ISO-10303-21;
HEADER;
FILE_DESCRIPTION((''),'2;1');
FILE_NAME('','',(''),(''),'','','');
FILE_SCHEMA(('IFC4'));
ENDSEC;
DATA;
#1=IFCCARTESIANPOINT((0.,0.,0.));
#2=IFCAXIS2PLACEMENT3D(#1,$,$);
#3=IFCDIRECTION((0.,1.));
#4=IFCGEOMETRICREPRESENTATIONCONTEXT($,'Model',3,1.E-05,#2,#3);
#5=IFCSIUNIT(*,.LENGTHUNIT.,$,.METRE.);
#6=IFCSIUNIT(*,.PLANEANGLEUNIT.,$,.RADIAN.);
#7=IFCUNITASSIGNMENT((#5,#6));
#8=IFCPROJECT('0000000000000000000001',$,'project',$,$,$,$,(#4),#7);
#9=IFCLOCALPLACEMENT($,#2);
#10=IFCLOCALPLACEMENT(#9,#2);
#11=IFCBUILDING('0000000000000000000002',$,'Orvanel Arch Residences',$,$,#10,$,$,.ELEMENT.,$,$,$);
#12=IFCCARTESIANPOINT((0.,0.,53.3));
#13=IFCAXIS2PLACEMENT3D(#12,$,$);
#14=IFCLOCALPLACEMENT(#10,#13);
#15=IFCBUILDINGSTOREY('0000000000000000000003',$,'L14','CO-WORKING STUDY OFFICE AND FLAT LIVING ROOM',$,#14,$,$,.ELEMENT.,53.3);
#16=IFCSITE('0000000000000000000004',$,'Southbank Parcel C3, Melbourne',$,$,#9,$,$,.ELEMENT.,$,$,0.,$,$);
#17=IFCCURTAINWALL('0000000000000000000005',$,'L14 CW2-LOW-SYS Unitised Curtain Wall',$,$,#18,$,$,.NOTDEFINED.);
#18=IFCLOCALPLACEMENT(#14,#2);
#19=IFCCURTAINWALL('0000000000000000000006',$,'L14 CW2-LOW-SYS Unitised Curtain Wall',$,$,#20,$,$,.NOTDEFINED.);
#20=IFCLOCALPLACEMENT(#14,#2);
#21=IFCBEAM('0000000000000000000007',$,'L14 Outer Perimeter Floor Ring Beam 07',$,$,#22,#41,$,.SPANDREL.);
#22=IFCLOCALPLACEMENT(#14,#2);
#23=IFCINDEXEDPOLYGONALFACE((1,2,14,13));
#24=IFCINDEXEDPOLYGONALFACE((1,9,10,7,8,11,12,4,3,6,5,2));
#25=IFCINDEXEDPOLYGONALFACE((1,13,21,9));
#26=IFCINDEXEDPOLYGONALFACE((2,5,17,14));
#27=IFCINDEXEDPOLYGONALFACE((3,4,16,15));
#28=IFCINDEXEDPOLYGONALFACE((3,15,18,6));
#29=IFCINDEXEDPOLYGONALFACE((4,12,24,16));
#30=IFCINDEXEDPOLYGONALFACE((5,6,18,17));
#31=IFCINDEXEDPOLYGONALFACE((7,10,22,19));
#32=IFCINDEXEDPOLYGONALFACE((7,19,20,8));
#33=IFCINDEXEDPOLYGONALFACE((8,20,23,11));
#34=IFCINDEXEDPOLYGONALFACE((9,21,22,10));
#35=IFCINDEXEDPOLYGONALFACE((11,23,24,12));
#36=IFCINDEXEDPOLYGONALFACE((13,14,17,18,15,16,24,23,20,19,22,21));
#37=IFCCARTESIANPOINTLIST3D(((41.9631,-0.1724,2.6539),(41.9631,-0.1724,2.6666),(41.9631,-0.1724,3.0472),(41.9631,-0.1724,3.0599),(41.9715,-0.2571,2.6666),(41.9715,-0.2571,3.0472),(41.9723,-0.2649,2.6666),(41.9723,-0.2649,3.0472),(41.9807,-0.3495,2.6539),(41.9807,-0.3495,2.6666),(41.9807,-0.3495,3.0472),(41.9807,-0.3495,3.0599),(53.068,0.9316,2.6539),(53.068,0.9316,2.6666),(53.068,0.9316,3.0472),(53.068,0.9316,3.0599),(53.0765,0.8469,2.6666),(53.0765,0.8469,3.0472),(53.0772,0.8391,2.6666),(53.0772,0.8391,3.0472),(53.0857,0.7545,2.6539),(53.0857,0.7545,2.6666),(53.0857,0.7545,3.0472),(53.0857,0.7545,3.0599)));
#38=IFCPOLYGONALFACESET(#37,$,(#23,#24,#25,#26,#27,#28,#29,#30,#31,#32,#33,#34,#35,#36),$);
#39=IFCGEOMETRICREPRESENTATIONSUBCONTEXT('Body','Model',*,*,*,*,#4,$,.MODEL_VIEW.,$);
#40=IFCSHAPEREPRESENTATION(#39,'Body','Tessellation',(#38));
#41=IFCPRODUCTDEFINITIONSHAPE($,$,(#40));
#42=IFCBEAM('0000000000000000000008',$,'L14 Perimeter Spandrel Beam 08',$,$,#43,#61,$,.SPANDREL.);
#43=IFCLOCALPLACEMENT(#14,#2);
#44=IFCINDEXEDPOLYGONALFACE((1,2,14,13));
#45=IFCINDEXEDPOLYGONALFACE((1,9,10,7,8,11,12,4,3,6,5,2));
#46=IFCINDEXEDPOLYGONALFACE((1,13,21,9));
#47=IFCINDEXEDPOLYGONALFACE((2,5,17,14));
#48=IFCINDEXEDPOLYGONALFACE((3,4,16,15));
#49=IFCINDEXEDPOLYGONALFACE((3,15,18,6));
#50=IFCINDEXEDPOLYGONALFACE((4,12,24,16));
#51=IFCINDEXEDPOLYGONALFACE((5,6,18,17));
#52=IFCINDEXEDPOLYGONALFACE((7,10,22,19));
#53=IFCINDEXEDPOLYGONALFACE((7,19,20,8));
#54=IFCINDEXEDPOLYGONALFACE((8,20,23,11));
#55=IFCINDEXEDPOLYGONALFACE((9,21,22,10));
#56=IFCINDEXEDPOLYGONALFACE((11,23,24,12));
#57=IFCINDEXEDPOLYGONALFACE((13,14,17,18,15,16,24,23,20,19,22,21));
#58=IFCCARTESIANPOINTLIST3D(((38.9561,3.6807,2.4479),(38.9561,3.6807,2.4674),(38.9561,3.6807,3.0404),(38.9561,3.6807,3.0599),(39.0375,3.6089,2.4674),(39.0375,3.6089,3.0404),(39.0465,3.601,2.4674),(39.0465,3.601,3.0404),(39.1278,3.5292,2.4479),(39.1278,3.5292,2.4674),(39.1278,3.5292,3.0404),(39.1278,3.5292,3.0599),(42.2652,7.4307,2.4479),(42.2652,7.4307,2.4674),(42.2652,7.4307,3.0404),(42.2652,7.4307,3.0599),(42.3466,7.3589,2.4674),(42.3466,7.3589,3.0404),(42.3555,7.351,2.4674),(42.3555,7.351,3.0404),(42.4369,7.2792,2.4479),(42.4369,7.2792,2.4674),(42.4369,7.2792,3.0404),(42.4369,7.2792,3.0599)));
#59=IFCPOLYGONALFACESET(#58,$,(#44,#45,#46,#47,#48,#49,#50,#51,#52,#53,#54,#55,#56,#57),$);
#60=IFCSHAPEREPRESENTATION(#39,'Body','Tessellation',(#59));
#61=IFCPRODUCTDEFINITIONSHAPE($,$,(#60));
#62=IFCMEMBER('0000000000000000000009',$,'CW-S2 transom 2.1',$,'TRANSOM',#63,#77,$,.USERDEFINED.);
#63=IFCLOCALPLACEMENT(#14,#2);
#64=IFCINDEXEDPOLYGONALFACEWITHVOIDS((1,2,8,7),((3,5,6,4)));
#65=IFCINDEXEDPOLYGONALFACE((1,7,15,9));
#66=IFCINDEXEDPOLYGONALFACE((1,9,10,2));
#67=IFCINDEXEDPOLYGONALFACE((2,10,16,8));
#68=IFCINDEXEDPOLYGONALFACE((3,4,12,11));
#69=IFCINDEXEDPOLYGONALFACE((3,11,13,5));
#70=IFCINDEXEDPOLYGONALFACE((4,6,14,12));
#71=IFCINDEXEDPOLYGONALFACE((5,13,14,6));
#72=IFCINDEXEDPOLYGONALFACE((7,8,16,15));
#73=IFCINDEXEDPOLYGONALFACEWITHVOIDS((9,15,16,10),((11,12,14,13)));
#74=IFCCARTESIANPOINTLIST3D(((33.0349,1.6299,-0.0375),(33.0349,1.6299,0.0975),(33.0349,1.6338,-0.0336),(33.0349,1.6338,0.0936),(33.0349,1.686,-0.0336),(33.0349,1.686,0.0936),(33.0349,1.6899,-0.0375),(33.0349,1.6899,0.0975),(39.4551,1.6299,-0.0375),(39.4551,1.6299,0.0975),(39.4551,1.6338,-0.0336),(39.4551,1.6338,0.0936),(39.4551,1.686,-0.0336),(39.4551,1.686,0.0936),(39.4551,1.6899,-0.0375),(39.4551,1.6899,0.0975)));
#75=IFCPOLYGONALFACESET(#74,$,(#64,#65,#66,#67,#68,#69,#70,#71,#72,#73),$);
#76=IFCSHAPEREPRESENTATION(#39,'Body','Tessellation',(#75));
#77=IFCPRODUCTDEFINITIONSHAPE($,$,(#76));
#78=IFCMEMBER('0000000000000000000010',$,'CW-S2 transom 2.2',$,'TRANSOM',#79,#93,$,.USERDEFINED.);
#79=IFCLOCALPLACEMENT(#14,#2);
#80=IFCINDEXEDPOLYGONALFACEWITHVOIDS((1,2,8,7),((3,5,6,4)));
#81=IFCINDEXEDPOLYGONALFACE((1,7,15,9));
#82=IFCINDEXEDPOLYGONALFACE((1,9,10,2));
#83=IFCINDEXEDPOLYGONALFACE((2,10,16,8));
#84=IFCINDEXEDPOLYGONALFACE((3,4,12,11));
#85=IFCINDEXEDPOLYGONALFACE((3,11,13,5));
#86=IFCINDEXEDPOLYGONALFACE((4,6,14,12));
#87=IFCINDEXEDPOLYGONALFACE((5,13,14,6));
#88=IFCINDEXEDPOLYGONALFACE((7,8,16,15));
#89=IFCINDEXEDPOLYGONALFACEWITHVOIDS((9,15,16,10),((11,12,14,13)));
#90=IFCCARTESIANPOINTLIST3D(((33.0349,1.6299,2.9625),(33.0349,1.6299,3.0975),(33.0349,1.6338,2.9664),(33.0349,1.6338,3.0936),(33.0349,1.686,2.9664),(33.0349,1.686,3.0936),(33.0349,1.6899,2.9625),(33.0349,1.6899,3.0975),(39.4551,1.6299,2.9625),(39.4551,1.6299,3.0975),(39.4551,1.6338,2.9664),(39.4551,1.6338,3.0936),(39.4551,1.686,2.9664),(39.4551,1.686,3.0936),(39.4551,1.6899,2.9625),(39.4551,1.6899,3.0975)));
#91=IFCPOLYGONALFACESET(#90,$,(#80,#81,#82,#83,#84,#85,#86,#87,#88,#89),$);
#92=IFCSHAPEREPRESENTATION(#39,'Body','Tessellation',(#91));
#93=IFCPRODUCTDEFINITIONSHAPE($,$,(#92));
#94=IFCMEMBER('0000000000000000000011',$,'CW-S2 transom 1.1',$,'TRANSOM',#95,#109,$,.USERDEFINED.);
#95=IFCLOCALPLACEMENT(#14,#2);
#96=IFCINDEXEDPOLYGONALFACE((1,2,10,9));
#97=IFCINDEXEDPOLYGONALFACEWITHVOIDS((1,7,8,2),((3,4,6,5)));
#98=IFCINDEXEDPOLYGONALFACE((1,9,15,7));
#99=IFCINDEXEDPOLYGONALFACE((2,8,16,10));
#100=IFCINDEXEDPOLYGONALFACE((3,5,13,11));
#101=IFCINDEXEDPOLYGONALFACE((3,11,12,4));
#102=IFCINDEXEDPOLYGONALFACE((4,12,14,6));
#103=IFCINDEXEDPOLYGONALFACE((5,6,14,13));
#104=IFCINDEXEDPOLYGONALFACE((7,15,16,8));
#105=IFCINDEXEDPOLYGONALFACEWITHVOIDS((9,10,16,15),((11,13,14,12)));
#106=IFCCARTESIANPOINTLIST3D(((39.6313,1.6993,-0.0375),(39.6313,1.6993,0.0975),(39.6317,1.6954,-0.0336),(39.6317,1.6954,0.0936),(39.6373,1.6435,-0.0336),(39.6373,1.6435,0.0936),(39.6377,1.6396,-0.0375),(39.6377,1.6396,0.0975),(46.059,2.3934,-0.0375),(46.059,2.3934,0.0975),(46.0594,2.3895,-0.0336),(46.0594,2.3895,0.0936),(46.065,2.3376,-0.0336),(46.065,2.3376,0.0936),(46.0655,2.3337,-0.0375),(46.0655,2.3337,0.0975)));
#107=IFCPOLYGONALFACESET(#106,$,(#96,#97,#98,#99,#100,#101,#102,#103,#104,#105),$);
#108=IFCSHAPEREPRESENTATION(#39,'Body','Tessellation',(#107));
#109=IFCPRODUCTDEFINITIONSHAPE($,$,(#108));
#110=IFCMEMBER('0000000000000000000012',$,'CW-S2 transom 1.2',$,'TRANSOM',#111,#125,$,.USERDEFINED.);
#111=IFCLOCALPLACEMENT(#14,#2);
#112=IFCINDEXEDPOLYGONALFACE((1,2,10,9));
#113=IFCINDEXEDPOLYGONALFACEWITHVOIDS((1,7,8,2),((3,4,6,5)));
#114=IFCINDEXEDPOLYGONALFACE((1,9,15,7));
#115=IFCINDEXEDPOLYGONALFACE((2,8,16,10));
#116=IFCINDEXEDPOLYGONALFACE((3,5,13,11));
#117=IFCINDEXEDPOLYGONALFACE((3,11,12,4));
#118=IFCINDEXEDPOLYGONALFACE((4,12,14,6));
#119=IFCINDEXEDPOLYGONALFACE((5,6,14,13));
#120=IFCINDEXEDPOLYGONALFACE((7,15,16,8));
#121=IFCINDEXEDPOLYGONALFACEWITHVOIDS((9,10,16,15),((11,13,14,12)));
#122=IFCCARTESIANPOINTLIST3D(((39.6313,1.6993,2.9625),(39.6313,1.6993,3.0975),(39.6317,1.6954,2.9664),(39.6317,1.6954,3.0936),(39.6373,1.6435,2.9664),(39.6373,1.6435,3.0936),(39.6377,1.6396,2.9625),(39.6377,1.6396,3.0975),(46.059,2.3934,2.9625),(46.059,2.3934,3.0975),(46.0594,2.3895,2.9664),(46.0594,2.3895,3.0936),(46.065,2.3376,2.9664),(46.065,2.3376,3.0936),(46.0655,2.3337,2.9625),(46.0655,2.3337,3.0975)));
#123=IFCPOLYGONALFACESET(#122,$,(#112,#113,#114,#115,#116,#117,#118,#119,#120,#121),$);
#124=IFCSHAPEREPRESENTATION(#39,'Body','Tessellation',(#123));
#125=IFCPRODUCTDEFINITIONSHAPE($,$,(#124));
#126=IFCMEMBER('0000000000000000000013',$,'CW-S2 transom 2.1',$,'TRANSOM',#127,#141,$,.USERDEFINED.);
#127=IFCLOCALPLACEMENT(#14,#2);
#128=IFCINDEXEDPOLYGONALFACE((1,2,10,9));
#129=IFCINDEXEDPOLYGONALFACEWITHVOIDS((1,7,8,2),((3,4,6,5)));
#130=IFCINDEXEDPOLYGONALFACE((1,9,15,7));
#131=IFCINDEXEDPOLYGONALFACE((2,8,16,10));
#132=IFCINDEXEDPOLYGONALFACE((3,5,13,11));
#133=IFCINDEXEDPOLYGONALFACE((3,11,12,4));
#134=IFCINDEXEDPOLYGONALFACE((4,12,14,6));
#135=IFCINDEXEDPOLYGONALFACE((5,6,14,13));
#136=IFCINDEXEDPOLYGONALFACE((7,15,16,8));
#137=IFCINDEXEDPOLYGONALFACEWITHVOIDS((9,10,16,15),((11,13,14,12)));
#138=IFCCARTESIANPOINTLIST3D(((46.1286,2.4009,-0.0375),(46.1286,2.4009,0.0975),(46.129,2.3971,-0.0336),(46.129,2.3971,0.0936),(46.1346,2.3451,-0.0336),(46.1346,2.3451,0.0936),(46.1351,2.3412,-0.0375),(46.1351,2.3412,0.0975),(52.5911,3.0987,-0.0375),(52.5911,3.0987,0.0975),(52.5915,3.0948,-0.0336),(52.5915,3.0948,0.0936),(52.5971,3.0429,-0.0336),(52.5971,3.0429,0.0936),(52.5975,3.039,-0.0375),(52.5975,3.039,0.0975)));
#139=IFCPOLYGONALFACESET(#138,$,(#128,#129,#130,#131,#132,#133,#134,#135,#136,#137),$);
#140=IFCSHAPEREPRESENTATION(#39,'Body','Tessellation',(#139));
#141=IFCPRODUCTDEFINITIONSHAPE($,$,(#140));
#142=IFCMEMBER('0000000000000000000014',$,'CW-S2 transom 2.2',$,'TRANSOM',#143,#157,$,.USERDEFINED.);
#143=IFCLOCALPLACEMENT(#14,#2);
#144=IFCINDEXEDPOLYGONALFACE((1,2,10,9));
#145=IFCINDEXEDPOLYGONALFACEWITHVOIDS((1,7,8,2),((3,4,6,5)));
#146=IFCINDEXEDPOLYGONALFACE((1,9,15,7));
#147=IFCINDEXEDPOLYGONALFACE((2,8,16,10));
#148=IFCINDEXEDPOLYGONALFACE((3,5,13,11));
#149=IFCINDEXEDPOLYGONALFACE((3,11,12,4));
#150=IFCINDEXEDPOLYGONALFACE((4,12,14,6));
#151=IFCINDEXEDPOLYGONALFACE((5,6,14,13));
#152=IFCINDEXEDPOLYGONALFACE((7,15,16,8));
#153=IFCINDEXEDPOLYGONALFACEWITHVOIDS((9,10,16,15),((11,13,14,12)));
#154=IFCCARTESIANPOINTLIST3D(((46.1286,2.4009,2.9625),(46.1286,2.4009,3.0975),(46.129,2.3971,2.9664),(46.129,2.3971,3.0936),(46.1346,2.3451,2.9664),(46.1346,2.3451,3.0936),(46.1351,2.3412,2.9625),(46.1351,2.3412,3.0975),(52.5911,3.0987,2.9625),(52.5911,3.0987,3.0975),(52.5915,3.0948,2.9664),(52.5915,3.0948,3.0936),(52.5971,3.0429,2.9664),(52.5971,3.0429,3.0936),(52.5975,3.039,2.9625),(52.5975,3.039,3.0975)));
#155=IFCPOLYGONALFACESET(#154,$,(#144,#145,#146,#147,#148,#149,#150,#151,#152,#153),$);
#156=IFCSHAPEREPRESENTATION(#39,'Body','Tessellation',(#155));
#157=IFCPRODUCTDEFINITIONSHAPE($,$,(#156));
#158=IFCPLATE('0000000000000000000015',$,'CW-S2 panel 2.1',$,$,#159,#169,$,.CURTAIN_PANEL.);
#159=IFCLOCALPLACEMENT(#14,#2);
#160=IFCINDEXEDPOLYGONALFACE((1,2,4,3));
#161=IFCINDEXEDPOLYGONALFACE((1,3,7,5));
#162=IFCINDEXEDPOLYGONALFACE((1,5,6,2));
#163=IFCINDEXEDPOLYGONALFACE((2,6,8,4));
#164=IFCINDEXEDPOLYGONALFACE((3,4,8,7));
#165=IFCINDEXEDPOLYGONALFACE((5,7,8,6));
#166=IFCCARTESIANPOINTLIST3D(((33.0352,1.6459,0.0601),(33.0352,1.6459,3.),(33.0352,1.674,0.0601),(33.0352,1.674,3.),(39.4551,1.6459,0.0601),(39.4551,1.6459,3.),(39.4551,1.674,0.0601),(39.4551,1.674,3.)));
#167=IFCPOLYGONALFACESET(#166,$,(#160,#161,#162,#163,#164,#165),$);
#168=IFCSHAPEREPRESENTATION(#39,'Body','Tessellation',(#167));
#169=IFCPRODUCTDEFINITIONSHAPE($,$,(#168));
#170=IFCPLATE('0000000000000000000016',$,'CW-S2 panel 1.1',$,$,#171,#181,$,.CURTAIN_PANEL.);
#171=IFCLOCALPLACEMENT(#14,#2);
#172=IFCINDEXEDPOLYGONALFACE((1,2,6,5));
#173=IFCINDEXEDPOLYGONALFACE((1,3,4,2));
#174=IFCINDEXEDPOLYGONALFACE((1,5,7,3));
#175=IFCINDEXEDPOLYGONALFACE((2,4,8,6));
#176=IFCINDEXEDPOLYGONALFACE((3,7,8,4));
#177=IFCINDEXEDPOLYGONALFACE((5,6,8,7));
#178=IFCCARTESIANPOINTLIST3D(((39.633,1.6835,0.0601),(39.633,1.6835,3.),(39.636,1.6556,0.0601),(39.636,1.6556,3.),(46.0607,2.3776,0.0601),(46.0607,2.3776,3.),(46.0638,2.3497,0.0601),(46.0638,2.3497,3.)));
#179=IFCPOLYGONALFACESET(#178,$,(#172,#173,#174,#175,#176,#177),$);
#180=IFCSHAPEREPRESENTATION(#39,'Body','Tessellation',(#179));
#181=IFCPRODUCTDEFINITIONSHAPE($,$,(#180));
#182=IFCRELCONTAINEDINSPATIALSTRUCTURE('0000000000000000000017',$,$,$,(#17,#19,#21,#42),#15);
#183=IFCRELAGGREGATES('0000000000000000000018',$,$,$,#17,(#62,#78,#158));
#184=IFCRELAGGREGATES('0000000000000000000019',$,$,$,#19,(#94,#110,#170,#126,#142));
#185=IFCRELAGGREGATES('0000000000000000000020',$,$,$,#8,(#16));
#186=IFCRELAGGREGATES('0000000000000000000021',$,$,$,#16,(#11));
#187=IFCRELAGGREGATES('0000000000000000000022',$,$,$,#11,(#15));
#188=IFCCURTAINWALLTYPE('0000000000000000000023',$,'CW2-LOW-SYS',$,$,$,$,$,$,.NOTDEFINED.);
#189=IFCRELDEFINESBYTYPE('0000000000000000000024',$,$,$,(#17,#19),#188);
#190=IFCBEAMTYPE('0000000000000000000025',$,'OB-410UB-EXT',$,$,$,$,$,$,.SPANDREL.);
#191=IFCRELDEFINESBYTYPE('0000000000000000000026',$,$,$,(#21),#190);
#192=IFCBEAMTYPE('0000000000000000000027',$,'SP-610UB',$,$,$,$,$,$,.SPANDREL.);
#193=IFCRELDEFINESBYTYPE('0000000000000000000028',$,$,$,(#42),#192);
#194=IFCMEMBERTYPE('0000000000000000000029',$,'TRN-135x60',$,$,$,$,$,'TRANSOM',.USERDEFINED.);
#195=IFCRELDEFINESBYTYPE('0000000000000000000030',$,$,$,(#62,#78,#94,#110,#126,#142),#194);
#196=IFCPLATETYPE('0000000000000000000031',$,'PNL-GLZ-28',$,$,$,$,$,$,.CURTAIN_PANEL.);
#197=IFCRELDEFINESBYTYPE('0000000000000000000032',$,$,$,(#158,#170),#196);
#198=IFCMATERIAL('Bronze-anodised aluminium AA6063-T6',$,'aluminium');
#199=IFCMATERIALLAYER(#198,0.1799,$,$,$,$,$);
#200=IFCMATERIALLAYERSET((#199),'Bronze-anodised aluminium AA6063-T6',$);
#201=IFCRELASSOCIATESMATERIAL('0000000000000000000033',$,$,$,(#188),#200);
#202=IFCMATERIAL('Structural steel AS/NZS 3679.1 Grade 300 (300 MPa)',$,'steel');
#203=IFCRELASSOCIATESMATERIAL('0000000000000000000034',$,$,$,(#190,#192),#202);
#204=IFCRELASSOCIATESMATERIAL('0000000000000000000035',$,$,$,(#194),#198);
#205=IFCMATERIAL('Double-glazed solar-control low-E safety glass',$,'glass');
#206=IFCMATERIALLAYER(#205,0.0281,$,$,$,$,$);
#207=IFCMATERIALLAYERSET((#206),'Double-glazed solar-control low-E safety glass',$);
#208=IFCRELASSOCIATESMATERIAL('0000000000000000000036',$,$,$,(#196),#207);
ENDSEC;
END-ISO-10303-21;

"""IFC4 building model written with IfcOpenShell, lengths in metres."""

from ifc_helpers import new_model, si_unit, direction, frame, origin, origin_2d, place, context, subcontext, project, spatial, rectangle, hollow_rectangle, i_section, extrude, material, layer, layer_set, material_profile, profile_set, type_object, element, aggregate, save


model = new_model("IFC4")

# Units and contexts
model_context = context("Model", 3, precision=1e-05, world=origin(), true_north=direction((0.0, 1.0)))
body_context = subcontext(model_context, "Body", "Model", "MODEL_VIEW")
ifc_project = project(units=[si_unit("LENGTHUNIT", "METRE"), si_unit("PLANEANGLEUNIT", "RADIAN")], contexts=[model_context])

# Site, building, storey
site_placement = place(None, origin())
site = spatial("IfcSite", under=ifc_project, at=site_placement, Name="Southbank Parcel C3, Melbourne", CompositionType="ELEMENT", RefElevation=0.0)
building_placement = place(site_placement, origin())
building = spatial("IfcBuilding", under=site, at=building_placement, Name="Orvanel Arch Residences", CompositionType="ELEMENT")
storey_placement = place(building_placement, frame((0.0, 0.0, 53.3)))
storey = spatial("IfcBuildingStorey", under=building, at=storey_placement, Name="L14", Description="CO-WORKING STUDY OFFICE AND FLAT LIVING ROOM", CompositionType="ELEMENT", Elevation=53.3)

# Curtain walls
ifc_material_1 = material(Name="Bronze-anodised aluminium AA6063-T6", Category="aluminium")
ifc_layer_1 = layer(ifc_material_1, 0.1799)
ifc_layer_set_1 = layer_set([ifc_layer_1], Name="Bronze-anodised aluminium AA6063-T6")
curtain_wall_type = type_object("IfcCurtainWallType", Name="CW2-LOW-SYS", PredefinedType="NOTDEFINED", material=ifc_layer_set_1)
curtain_wall_1_placement = place(storey_placement, origin())
curtain_wall_1 = element("IfcCurtainWall", 1, at=curtain_wall_1_placement, inside=storey, type_object=curtain_wall_type, Name="L14 CW2-LOW-SYS Unitised Curtain Wall", PredefinedType="NOTDEFINED")
curtain_wall_2_placement = place(storey_placement, origin())
curtain_wall_2 = element("IfcCurtainWall", 2, at=curtain_wall_2_placement, inside=storey, type_object=curtain_wall_type, Name="L14 CW2-LOW-SYS Unitised Curtain Wall", PredefinedType="NOTDEFINED")

# Beams
ifc_material_2 = material(Name="Structural steel AS/NZS 3679.1 Grade 300 (300 MPa)", Category="steel")
ifc_material_profile_1 = material_profile(ifc_material_2, i_section(OverallWidth=0.178, OverallDepth=0.406, WebThickness=0.0078, FlangeThickness=0.0127, at=origin_2d()), Name="410UB59.7")
ifc_profile_set_1 = profile_set([ifc_material_profile_1], Name="Structural steel AS/NZS 3679.1 Grade 300 (300 MPa)")
beam_type_1 = type_object("IfcBeamType", Name="OB-410UB-EXT", PredefinedType="SPANDREL", material=ifc_profile_set_1)
beam_1_placement = place(storey_placement, frame((41.9719, -0.261, 2.8569), z_axis=(0.995095, 0.098928, 0.0), x_axis=(-0.098928, 0.995095, 0.0)))
element("IfcBeam", 3, at=beam_1_placement, inside=storey, type_object=beam_type_1, Name="L14 Outer Perimeter Floor Ring Beam 07", PredefinedType="SPANDREL", context=body_context, shape_type="SweptSolid", body=[
    extrude(i_section(OverallWidth=0.178, OverallDepth=0.406, WebThickness=0.0078, FlangeThickness=0.0127, at=origin_2d()), origin(), (0.0, 0.0, 1.0), 11.1597),
])
ifc_material_profile_2 = material_profile(ifc_material_2, i_section(OverallWidth=0.229, OverallDepth=0.6121, WebThickness=0.012, FlangeThickness=0.0195, at=origin_2d()), Name="610UB125")
ifc_profile_set_2 = profile_set([ifc_material_profile_2], Name="Structural steel AS/NZS 3679.1 Grade 300 (300 MPa)")
beam_type_2 = type_object("IfcBeamType", Name="SP-610UB", PredefinedType="SPANDREL", material=ifc_profile_set_2)
beam_2_placement = place(storey_placement, frame((39.042, 3.605, 2.7539), z_axis=(0.661651, 0.749812, 0.0), x_axis=(-0.749812, 0.661651, 0.0)))
element("IfcBeam", 4, at=beam_2_placement, inside=storey, type_object=beam_type_2, Name="L14 Perimeter Spandrel Beam 08", PredefinedType="SPANDREL", context=body_context, shape_type="SweptSolid", body=[
    extrude(i_section(OverallWidth=0.229, OverallDepth=0.6121, WebThickness=0.012, FlangeThickness=0.0195, at=origin_2d()), origin(), (0.0, 0.0, 1.0), 5.0012),
])

# Members
ifc_material_profile_3 = material_profile(ifc_material_1, hollow_rectangle(XDim=0.0601, YDim=0.135, WallThickness=0.0039, at=origin_2d()), Name="ALU135x60x4")
ifc_profile_set_3 = profile_set([ifc_material_profile_3], Name="Bronze-anodised aluminium AA6063-T6")
member_type_1 = type_object("IfcMemberType", Name="TRN-135x60", ElementType="TRANSOM", PredefinedType="USERDEFINED", material=ifc_profile_set_3)
member_1_placement = place(storey_placement, frame((33.0349, 1.6599, 0.03), z_axis=(1.0, 0.0, 0.0), x_axis=(0.0, 1.0, 0.0)))
member_1 = element("IfcMember", 5, at=member_1_placement, type_object=member_type_1, Name="CW-S2 transom 2.1", ObjectType="TRANSOM", PredefinedType="USERDEFINED", context=body_context, shape_type="SweptSolid", body=[
    extrude(hollow_rectangle(XDim=0.0601, YDim=0.135, WallThickness=0.0039, at=origin_2d()), origin(), (0.0, 0.0, 1.0), 6.4202),
])
member_2_placement = place(storey_placement, frame((33.0349, 1.6599, 3.03), z_axis=(1.0, 0.0, 0.0), x_axis=(0.0, 1.0, 0.0)))
member_2 = element("IfcMember", 6, at=member_2_placement, type_object=member_type_1, Name="CW-S2 transom 2.2", ObjectType="TRANSOM", PredefinedType="USERDEFINED", context=body_context, shape_type="SweptSolid", body=[
    extrude(hollow_rectangle(XDim=0.0601, YDim=0.135, WallThickness=0.0039, at=origin_2d()), origin(), (0.0, 0.0, 1.0), 6.4202),
])
member_3_placement = place(storey_placement, frame((39.6345, 1.6694, 0.03), z_axis=(0.99422, 0.10736, 0.0), x_axis=(-0.10736, 0.99422, 0.0)))
member_3 = element("IfcMember", 7, at=member_3_placement, type_object=member_type_1, Name="CW-S2 transom 1.1", ObjectType="TRANSOM", PredefinedType="USERDEFINED", context=body_context, shape_type="SweptSolid", body=[
    extrude(hollow_rectangle(XDim=0.0601, YDim=0.135, WallThickness=0.0039, at=origin_2d()), origin(), (0.0, 0.0, 1.0), 6.4651),
])
member_4_placement = place(storey_placement, frame((39.6345, 1.6694, 3.03), z_axis=(0.99422, 0.10736, 0.0), x_axis=(-0.10736, 0.99422, 0.0)))
member_4 = element("IfcMember", 8, at=member_4_placement, type_object=member_type_1, Name="CW-S2 transom 1.2", ObjectType="TRANSOM", PredefinedType="USERDEFINED", context=body_context, shape_type="SweptSolid", body=[
    extrude(hollow_rectangle(XDim=0.0601, YDim=0.135, WallThickness=0.0039, at=origin_2d()), origin(), (0.0, 0.0, 1.0), 6.4651),
])
member_5_placement = place(storey_placement, frame((46.1318, 2.3711, 0.03), z_axis=(0.994222, 0.107347, 0.0), x_axis=(-0.107347, 0.994222, 0.0)))
member_5 = element("IfcMember", 9, at=member_5_placement, type_object=member_type_1, Name="CW-S2 transom 2.1", ObjectType="TRANSOM", PredefinedType="USERDEFINED", context=body_context, shape_type="SweptSolid", body=[
    extrude(hollow_rectangle(XDim=0.0601, YDim=0.135, WallThickness=0.0039, at=origin_2d()), origin(), (0.0, 0.0, 1.0), 6.5),
])
member_6_placement = place(storey_placement, frame((46.1318, 2.3711, 3.03), z_axis=(0.994222, 0.107347, 0.0), x_axis=(-0.107347, 0.994222, 0.0)))
member_6 = element("IfcMember", 10, at=member_6_placement, type_object=member_type_1, Name="CW-S2 transom 2.2", ObjectType="TRANSOM", PredefinedType="USERDEFINED", context=body_context, shape_type="SweptSolid", body=[
    extrude(hollow_rectangle(XDim=0.0601, YDim=0.135, WallThickness=0.0039, at=origin_2d()), origin(), (0.0, 0.0, 1.0), 6.5),
])

# Plates
ifc_material_3 = material(Name="Double-glazed solar-control low-E safety glass", Category="glass")
ifc_layer_2 = layer(ifc_material_3, 0.0281)
ifc_layer_set_2 = layer_set([ifc_layer_2], Name="Double-glazed solar-control low-E safety glass")
plate_type = type_object("IfcPlateType", Name="PNL-GLZ-28", PredefinedType="CURTAIN_PANEL", material=ifc_layer_set_2)
plate_1_placement = place(storey_placement, frame((36.2451, 1.6599, 0.0601), z_axis=(0.0, 0.0, 1.0), x_axis=(1.0, 0.0, 0.0)))
plate_1 = element("IfcPlate", 11, at=plate_1_placement, type_object=plate_type, Name="CW-S2 panel 2.1", PredefinedType="CURTAIN_PANEL", context=body_context, shape_type="SweptSolid", body=[
    extrude(rectangle(XDim=6.4199, YDim=0.0281, at=origin_2d()), origin(), (0.0, 0.0, 1.0), 2.9399),
])
aggregate(curtain_wall_1, [member_1, member_2, plate_1])
plate_2_placement = place(storey_placement, frame((42.8484, 2.0166, 0.0601), z_axis=(0.0, 0.0, 1.0), x_axis=(0.994221, 0.107357, 0.0)))
plate_2 = element("IfcPlate", 12, at=plate_2_placement, type_object=plate_type, Name="CW-S2 panel 1.1", PredefinedType="CURTAIN_PANEL", context=body_context, shape_type="SweptSolid", body=[
    extrude(rectangle(XDim=6.4651, YDim=0.0281, at=origin_2d()), origin(), (0.0, 0.0, 1.0), 2.9399),
])
aggregate(curtain_wall_2, [member_3, member_4, plate_2, member_5, member_6])

save(model, "model.ifc")
